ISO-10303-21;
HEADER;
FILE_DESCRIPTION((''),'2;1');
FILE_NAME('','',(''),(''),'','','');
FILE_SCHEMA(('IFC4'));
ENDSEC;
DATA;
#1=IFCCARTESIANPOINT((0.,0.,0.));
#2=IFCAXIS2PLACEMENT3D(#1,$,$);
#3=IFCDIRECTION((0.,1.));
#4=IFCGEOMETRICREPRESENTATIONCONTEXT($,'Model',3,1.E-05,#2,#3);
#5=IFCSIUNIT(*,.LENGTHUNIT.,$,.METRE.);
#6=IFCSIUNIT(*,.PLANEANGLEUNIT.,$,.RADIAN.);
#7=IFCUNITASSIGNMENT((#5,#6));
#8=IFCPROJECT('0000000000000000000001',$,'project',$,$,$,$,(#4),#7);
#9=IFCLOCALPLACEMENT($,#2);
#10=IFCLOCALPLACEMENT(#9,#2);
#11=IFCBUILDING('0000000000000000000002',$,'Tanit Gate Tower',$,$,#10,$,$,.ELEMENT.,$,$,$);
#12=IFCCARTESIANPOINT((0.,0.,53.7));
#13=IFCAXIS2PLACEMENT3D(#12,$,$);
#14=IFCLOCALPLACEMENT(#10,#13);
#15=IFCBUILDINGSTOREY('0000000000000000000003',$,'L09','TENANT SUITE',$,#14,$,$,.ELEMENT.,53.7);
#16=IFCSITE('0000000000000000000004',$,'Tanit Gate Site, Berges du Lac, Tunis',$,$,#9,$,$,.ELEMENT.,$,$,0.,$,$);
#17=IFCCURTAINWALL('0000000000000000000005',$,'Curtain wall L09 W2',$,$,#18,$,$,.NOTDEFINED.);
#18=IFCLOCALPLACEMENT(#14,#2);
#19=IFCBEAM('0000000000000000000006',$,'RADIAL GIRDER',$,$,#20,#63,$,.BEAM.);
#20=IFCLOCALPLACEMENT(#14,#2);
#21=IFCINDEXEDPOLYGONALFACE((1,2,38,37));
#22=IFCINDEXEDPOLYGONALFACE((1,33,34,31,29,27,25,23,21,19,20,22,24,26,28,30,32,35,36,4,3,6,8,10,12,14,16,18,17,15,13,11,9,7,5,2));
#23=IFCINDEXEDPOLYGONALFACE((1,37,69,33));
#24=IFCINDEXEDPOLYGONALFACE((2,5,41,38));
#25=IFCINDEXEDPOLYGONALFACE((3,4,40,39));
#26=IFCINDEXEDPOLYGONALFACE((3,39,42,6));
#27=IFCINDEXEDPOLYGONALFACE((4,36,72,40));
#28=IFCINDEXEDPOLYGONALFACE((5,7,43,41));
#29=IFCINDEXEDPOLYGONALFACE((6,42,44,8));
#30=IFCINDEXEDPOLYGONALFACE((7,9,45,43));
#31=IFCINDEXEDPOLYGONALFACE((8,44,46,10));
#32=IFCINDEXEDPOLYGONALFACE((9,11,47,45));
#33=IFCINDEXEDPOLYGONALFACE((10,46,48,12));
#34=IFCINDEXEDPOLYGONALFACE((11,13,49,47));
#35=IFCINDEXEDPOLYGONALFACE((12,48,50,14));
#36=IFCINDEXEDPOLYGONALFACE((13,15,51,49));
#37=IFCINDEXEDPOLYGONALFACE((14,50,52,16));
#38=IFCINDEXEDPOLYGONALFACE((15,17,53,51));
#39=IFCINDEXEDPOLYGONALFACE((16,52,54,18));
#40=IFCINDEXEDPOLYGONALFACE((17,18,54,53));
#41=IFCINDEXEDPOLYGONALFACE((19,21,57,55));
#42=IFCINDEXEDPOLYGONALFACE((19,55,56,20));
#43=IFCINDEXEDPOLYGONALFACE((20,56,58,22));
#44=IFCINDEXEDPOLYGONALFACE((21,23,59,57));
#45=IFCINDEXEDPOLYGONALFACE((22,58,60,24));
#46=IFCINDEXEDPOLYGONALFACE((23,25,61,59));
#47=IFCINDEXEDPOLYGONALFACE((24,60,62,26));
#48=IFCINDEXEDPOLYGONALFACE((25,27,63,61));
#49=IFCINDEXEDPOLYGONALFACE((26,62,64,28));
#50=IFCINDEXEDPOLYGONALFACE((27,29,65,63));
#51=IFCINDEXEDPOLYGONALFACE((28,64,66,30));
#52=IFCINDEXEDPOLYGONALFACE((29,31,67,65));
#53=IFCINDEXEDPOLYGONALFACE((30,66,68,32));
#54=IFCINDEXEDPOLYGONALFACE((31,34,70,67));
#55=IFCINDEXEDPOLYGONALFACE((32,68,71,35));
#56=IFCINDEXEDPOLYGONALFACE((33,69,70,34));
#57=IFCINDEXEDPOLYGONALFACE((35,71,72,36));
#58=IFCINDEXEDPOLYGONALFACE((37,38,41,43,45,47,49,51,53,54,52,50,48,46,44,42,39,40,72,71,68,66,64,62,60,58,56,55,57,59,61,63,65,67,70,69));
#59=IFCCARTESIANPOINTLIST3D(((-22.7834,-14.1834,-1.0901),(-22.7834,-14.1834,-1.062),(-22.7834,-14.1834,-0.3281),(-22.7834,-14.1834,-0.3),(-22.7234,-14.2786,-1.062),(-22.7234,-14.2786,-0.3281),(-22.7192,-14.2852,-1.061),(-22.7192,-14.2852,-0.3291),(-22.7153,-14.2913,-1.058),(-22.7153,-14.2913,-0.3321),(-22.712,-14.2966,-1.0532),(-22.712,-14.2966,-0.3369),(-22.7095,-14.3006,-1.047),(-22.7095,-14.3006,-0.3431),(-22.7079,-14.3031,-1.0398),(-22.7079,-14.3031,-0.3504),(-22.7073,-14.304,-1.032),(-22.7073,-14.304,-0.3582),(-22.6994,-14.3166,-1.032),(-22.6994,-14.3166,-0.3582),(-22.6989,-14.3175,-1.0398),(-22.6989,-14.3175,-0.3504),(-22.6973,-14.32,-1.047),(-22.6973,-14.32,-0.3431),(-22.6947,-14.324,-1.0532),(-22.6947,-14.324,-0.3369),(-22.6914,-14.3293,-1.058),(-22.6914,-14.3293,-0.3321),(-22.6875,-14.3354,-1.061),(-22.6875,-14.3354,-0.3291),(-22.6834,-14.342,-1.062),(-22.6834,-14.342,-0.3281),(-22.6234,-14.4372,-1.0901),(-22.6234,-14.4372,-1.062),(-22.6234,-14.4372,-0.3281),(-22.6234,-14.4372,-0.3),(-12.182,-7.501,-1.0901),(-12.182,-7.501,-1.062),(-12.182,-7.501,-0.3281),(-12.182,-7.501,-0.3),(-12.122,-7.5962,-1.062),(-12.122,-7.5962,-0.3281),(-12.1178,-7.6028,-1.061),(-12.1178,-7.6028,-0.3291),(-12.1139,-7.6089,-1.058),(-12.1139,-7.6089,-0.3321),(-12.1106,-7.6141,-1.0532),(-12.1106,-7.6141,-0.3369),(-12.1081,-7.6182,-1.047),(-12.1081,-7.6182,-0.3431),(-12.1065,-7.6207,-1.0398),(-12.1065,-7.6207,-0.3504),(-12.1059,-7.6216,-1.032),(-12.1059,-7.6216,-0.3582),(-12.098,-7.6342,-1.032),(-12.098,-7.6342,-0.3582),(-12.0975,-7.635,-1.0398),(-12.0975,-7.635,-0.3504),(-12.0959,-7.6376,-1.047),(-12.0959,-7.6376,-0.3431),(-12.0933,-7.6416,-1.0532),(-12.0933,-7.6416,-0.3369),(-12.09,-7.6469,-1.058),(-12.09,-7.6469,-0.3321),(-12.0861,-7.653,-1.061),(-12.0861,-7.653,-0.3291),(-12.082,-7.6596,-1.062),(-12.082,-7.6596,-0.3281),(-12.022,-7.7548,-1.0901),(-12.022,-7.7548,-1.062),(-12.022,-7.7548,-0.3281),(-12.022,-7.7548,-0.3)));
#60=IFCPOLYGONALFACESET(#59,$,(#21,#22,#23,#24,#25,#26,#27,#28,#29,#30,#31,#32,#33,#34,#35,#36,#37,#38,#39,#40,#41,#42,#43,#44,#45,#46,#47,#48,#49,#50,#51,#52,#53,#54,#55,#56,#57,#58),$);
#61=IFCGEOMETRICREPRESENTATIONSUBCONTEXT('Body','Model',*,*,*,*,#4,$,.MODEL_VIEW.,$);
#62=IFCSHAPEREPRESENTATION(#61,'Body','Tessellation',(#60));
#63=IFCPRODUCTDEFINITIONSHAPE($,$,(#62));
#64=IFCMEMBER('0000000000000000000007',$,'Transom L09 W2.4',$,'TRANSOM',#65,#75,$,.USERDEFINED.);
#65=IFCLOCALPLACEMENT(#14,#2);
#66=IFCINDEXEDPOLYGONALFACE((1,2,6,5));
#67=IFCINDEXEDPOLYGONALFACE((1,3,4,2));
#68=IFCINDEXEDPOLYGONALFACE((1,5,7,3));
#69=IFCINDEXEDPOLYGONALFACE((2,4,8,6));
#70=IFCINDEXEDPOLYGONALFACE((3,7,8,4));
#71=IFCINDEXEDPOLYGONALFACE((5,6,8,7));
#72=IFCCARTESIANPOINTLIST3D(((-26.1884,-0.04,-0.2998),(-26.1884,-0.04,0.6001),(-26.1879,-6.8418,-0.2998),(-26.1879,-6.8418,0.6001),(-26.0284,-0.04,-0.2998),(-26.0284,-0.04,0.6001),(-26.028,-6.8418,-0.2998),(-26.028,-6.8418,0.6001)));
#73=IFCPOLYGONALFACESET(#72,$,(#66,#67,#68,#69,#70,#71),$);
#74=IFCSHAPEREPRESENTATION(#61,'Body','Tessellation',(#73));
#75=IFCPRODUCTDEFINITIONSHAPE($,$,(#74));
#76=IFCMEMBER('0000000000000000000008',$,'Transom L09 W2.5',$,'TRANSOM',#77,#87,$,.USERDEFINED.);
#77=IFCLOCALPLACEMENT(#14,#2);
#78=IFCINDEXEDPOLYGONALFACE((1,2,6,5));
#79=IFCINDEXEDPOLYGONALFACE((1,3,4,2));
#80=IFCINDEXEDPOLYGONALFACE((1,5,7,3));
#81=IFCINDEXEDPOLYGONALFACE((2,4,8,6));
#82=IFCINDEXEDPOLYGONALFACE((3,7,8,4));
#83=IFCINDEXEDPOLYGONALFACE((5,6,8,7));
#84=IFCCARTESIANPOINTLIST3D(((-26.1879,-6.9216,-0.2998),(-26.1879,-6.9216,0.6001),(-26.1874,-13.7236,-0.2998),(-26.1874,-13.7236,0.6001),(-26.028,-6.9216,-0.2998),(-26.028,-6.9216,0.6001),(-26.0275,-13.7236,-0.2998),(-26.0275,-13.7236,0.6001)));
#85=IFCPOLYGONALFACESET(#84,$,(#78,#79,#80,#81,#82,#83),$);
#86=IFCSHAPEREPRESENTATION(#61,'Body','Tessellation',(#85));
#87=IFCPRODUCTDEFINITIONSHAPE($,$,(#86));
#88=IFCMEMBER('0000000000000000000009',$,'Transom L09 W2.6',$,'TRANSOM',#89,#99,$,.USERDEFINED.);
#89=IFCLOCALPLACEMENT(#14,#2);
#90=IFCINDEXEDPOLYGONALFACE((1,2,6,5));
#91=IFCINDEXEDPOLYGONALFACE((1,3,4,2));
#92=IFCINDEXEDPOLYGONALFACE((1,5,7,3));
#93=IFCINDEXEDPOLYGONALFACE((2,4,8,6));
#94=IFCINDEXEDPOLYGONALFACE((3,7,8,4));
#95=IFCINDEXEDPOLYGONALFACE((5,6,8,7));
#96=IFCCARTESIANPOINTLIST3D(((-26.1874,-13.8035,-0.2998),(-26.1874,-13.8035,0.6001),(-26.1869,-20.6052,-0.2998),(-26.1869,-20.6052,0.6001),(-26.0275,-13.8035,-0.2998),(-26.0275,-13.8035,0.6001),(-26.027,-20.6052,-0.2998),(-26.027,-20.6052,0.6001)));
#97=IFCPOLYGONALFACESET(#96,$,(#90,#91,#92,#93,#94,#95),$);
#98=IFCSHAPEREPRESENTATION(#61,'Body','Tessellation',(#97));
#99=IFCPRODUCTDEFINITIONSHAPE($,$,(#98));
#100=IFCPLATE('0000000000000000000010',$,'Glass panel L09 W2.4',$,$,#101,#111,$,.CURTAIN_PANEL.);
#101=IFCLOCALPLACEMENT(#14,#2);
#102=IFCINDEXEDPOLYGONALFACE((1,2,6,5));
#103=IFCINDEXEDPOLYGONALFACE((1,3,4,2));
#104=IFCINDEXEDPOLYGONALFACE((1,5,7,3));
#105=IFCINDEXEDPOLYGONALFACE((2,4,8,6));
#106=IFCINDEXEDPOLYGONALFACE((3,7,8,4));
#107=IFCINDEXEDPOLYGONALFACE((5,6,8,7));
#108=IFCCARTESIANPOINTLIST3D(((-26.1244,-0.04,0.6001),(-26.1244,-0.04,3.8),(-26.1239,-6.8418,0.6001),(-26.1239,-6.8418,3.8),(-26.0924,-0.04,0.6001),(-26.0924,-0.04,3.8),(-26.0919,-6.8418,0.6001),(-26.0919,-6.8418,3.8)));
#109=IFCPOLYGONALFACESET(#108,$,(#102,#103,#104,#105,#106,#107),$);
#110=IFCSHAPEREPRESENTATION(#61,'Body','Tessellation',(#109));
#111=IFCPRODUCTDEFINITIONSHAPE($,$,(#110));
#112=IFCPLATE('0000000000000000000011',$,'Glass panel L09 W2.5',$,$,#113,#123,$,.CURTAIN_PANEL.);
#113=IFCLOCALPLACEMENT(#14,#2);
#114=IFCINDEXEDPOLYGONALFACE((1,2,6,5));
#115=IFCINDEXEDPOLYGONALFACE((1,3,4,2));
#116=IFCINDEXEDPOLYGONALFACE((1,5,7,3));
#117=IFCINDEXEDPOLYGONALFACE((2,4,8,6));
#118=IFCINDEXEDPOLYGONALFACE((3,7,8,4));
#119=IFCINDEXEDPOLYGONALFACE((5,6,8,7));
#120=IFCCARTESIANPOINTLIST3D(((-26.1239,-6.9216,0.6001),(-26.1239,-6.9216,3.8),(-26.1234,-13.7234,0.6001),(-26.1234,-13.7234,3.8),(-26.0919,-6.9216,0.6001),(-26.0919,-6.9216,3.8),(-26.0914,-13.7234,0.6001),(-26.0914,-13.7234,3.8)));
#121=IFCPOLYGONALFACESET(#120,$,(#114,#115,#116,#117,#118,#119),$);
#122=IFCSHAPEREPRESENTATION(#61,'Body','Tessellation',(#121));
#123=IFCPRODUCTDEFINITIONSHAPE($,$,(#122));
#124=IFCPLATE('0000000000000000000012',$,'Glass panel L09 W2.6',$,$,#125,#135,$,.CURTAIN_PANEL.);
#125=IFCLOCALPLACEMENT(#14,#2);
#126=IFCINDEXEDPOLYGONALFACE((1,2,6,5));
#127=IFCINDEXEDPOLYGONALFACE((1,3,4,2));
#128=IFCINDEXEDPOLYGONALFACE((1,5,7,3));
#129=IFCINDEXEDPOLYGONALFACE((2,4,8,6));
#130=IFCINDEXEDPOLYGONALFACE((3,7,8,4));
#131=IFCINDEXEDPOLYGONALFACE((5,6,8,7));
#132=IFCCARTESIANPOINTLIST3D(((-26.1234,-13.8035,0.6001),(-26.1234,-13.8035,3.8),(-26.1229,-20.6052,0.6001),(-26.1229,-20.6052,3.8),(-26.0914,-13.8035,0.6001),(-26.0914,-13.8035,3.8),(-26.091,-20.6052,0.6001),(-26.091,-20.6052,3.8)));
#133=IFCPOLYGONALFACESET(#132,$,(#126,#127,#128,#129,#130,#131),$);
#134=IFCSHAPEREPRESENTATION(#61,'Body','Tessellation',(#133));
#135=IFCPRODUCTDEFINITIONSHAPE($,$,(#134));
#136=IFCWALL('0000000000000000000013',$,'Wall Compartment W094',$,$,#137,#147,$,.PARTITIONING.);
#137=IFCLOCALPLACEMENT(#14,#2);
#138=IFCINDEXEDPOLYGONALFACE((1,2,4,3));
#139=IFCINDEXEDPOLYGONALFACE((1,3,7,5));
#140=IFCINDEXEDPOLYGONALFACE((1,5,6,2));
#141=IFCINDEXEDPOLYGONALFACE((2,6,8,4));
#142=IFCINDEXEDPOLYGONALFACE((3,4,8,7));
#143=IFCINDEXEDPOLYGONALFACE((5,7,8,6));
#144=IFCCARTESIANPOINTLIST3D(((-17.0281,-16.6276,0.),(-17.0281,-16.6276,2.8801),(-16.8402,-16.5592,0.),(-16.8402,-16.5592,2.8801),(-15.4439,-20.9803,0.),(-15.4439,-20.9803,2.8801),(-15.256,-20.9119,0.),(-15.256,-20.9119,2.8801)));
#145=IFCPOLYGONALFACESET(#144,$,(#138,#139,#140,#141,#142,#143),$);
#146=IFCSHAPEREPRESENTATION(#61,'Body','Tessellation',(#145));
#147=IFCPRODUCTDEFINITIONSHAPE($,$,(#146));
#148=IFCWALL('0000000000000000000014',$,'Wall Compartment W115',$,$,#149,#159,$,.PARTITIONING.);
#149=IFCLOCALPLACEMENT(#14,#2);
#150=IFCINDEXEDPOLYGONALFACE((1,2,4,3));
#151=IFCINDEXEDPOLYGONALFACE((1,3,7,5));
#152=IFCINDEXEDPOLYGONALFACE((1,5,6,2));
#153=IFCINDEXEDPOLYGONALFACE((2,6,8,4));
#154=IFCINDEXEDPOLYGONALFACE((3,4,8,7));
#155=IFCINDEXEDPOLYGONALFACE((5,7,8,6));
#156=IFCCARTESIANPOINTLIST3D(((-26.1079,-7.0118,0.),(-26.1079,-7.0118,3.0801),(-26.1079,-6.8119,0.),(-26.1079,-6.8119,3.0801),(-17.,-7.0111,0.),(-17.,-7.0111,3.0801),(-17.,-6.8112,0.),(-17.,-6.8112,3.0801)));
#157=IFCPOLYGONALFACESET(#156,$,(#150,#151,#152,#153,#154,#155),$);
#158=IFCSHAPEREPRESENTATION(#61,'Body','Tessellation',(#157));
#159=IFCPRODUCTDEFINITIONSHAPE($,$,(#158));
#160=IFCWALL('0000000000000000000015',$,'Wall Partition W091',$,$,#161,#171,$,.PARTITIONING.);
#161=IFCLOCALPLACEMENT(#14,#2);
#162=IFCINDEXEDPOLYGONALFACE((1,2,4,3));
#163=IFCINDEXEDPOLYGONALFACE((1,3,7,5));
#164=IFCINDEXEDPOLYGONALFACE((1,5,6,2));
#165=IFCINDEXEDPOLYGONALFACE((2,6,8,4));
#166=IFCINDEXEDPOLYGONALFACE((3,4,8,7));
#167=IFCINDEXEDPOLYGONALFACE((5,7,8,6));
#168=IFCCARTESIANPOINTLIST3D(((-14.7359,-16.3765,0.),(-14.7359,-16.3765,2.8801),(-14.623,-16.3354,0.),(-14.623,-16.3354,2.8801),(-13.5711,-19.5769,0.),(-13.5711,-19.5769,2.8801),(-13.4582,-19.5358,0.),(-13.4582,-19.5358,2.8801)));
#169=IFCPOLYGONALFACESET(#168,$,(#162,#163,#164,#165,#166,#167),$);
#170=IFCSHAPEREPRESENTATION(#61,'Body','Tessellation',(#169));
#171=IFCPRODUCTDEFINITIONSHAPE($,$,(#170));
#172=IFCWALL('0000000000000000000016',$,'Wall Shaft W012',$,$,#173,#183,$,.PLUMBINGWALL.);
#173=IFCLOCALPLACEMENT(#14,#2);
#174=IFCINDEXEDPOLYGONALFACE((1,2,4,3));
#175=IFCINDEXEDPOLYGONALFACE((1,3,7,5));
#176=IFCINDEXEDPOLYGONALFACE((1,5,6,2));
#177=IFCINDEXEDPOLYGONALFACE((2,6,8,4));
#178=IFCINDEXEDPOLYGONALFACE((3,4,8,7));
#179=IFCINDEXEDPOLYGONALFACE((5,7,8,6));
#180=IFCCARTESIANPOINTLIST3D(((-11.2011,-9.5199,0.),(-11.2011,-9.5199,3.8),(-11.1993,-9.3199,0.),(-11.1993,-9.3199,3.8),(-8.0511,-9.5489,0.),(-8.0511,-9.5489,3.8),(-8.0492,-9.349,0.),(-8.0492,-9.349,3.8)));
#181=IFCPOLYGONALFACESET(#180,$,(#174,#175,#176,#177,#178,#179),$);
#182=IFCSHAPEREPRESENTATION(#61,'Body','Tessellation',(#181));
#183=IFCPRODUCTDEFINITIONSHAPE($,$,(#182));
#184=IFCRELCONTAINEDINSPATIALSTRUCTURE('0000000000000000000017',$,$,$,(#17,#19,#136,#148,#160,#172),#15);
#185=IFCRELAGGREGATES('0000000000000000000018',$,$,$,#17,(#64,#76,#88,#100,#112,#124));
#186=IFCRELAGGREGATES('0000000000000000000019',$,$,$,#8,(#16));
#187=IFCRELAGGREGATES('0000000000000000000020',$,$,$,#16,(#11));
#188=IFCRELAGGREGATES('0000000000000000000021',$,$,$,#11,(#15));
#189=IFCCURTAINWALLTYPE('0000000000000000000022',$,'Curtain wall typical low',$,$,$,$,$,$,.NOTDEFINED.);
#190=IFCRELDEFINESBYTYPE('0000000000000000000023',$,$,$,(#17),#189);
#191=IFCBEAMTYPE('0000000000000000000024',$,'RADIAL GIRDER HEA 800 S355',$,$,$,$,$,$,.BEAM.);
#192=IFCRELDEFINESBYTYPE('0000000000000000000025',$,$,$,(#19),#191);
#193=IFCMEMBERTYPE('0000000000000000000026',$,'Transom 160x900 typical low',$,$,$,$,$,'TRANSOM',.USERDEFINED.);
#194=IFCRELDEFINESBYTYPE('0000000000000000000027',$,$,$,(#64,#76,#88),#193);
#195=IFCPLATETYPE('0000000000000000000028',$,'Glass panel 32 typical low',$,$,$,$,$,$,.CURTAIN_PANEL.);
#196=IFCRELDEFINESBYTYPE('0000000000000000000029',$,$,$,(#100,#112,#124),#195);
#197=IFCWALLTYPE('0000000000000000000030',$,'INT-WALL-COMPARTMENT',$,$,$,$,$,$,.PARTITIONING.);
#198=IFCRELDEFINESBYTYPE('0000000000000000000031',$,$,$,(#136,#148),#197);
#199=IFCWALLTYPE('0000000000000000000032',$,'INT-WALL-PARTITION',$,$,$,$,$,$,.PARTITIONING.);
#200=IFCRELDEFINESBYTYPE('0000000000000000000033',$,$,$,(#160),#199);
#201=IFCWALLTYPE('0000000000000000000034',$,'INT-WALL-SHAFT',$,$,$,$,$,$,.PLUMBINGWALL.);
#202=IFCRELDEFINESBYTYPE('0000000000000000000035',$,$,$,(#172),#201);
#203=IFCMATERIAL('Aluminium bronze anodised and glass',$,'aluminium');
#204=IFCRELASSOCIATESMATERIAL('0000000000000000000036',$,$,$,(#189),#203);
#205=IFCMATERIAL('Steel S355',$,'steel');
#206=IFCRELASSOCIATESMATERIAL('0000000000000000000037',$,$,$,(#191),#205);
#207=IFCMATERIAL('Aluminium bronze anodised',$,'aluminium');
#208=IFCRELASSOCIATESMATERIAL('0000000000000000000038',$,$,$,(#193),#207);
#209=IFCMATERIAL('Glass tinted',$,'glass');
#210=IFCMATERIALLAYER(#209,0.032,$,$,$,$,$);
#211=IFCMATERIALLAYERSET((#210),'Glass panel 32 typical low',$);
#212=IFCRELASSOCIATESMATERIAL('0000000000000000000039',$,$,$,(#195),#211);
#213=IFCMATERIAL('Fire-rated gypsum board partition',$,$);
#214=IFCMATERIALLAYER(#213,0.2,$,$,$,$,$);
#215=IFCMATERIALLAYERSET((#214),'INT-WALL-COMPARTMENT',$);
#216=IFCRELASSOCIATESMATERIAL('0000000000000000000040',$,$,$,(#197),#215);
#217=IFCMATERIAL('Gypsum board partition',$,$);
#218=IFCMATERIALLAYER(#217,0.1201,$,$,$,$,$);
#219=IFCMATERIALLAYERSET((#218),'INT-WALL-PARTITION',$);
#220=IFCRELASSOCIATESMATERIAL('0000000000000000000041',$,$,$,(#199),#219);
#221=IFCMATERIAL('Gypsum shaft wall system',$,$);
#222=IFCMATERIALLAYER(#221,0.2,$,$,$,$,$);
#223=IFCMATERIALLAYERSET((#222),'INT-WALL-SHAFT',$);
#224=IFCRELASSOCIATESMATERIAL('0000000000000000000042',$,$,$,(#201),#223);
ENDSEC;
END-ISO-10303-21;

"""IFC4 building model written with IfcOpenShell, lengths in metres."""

from ifc_helpers import new_model, si_unit, direction, frame, frame_2d, origin, origin_2d, place, context, subcontext, project, spatial, rectangle, i_section, extrude, material, layer, layer_set, material_profile, profile_set, type_object, element, aggregate, save


model = new_model("IFC4")

# Units and contexts
model_context = context("Model", 3, precision=1e-05, world=origin(), true_north=direction((0.0, 1.0)))
body_context = subcontext(model_context, "Body", "Model", "MODEL_VIEW")
ifc_project = project(units=[si_unit("LENGTHUNIT", "METRE"), si_unit("PLANEANGLEUNIT", "RADIAN")], contexts=[model_context])

# Site, building, storey
site_placement = place(None, origin())
site = spatial("IfcSite", under=ifc_project, at=site_placement, Name="Tanit Gate Site, Berges du Lac, Tunis", CompositionType="ELEMENT", RefElevation=0.0)
building_placement = place(site_placement, origin())
building = spatial("IfcBuilding", under=site, at=building_placement, Name="Tanit Gate Tower", CompositionType="ELEMENT")
storey_placement = place(building_placement, frame((0.0, 0.0, 53.7)))
storey = spatial("IfcBuildingStorey", under=building, at=storey_placement, Name="L09", Description="TENANT SUITE", CompositionType="ELEMENT", Elevation=53.7)

# Curtain wall
ifc_material_1 = material(Name="Aluminium bronze anodised and glass", Category="aluminium")
curtain_wall_type = type_object("IfcCurtainWallType", Name="Curtain wall typical low", PredefinedType="NOTDEFINED", material=ifc_material_1)
curtain_wall_placement = place(storey_placement, origin())
curtain_wall = element("IfcCurtainWall", 1, at=curtain_wall_placement, inside=storey, type_object=curtain_wall_type, Name="Curtain wall L09 W2", PredefinedType="NOTDEFINED")

# Beam
ifc_material_2 = material(Name="Steel S355", Category="steel")
ifc_material_profile_1 = material_profile(ifc_material_2, i_section(OverallWidth=0.3, OverallDepth=0.79, WebThickness=0.0149, FlangeThickness=0.0281, FilletRadius=0.03, at=origin_2d()), Name="HEA 800")
ifc_profile_set_1 = profile_set([ifc_material_profile_1], Name="Steel S355")
beam_type_1 = type_object("IfcBeamType", Name="RADIAL GIRDER HEA 800 S355", PredefinedType="BEAM", material=ifc_profile_set_1)
beam_1_placement = place(storey_placement, frame((-22.7034, -14.3103, -0.6951), z_axis=(0.845964, 0.53324, 0.0), x_axis=(-0.53324, 0.845964, 0.0)))
element("IfcBeam", 2, at=beam_1_placement, inside=storey, type_object=beam_type_1, Name="RADIAL GIRDER", PredefinedType="BEAM", context=body_context, shape_type="SweptSolid", body=[
    extrude(i_section(OverallWidth=0.3, OverallDepth=0.79, WebThickness=0.0149, FlangeThickness=0.0281, FilletRadius=0.03, at=origin_2d()), origin(), (0.0, 0.0, 1.0), 12.5317),
])

# Members
ifc_material_3 = material(Name="Aluminium bronze anodised", Category="aluminium")
ifc_material_profile_2 = material_profile(ifc_material_3, rectangle(XDim=0.1599, YDim=0.8999, at=origin_2d()), Name="160x900 bronze transom")
ifc_profile_set_2 = profile_set([ifc_material_profile_2], Name="Aluminium bronze anodised")
member_type_1 = type_object("IfcMemberType", Name="Transom 160x900 typical low", ElementType="TRANSOM", PredefinedType="USERDEFINED", material=ifc_profile_set_2)
member_1_placement = place(storey_placement, frame((-26.1084, -0.04, 0.1501), z_axis=(0.000072, -1.0, 0.0), x_axis=(1.0, 0.000072, 0.0)))
member_1 = element("IfcMember", 3, at=member_1_placement, type_object=member_type_1, Name="Transom L09 W2.4", ObjectType="TRANSOM", PredefinedType="USERDEFINED", context=body_context, shape_type="SweptSolid", body=[
    extrude(rectangle(XDim=0.1599, YDim=0.8999, at=origin_2d()), origin(), (0.0, 0.0, 1.0), 6.8018),
])
member_2_placement = place(storey_placement, frame((-26.1079, -6.9216, 0.1501), z_axis=(0.000072, -1.0, 0.0), x_axis=(1.0, 0.000072, 0.0)))
member_2 = element("IfcMember", 4, at=member_2_placement, type_object=member_type_1, Name="Transom L09 W2.5", ObjectType="TRANSOM", PredefinedType="USERDEFINED", context=body_context, shape_type="SweptSolid", body=[
    extrude(rectangle(XDim=0.1599, YDim=0.8999, at=origin_2d()), origin(), (0.0, 0.0, 1.0), 6.802),
])
member_3_placement = place(storey_placement, frame((-26.1074, -13.8035, 0.1501), z_axis=(0.000072, -1.0, 0.0), x_axis=(1.0, 0.000072, 0.0)))
member_3 = element("IfcMember", 5, at=member_3_placement, type_object=member_type_1, Name="Transom L09 W2.6", ObjectType="TRANSOM", PredefinedType="USERDEFINED", context=body_context, shape_type="SweptSolid", body=[
    extrude(rectangle(XDim=0.1599, YDim=0.8999, at=origin_2d()), origin(), (0.0, 0.0, 1.0), 6.8018),
])

# Plates
ifc_material_4 = material(Name="Glass tinted", Category="glass")
ifc_layer_1 = layer(ifc_material_4, 0.032)
ifc_layer_set_1 = layer_set([ifc_layer_1], Name="Glass panel 32 typical low")
plate_type = type_object("IfcPlateType", Name="Glass panel 32 typical low", PredefinedType="CURTAIN_PANEL", material=ifc_layer_set_1)
plate_1_placement = place(storey_placement, frame((-26.1082, -3.4409, 0.6001), z_axis=(0.0, 0.0, 1.0), x_axis=(0.000069, -1.0, 0.0)))
plate_1 = element("IfcPlate", 6, at=plate_1_placement, type_object=plate_type, Name="Glass panel L09 W2.4", PredefinedType="CURTAIN_PANEL", context=body_context, shape_type="SweptSolid", body=[
    extrude(rectangle(XDim=6.8018, YDim=0.032, at=origin_2d()), origin(), (0.0, 0.0, 1.0), 3.2),
])
plate_2_placement = place(storey_placement, frame((-26.1077, -10.3225, 0.6001), z_axis=(0.0, 0.0, 1.0), x_axis=(0.000069, -1.0, 0.0)))
plate_2 = element("IfcPlate", 7, at=plate_2_placement, type_object=plate_type, Name="Glass panel L09 W2.5", PredefinedType="CURTAIN_PANEL", context=body_context, shape_type="SweptSolid", body=[
    extrude(rectangle(XDim=6.8018, YDim=0.032, at=origin_2d()), origin(), (0.0, 0.0, 1.0), 3.2),
])
plate_3_placement = place(storey_placement, frame((-26.1072, -17.2043, 0.6001), z_axis=(0.0, 0.0, 1.0), x_axis=(0.000069, -1.0, 0.0)))
plate_3 = element("IfcPlate", 8, at=plate_3_placement, type_object=plate_type, Name="Glass panel L09 W2.6", PredefinedType="CURTAIN_PANEL", context=body_context, shape_type="SweptSolid", body=[
    extrude(rectangle(XDim=6.8018, YDim=0.032, at=origin_2d()), origin(), (0.0, 0.0, 1.0), 3.2),
])
aggregate(curtain_wall, [member_1, member_2, member_3, plate_1, plate_2, plate_3])

# Walls
ifc_material_5 = material(Name="Fire-rated gypsum board partition")
ifc_layer_2 = layer(ifc_material_5, 0.2)
ifc_layer_set_2 = layer_set([ifc_layer_2], Name="INT-WALL-COMPARTMENT")
wall_type_1 = type_object("IfcWallType", Name="INT-WALL-COMPARTMENT", PredefinedType="PARTITIONING", material=ifc_layer_set_2)
wall_1_placement = place(storey_placement, frame((-16.9341, -16.5935, 0.0), z_axis=(0.0, 0.0, 1.0), x_axis=(0.34201, -0.939696, 0.0)))
element("IfcWall", 9, at=wall_1_placement, inside=storey, type_object=wall_type_1, Name="Wall Compartment W094", PredefinedType="PARTITIONING", context=body_context, shape_type="SweptSolid", body=[
    extrude(rectangle(XDim=4.6321, YDim=0.2, at=frame_2d((2.3159, 0.0))), origin(), (0.0, 0.0, 1.0), 2.8801),
])
wall_2_placement = place(storey_placement, frame((-17.0, -6.9111, 0.0), z_axis=(0.0, 0.0, 1.0), x_axis=(-1.0, -0.00008, 0.0)))
element("IfcWall", 10, at=wall_2_placement, inside=storey, type_object=wall_type_1, Name="Wall Compartment W115", PredefinedType="PARTITIONING", context=body_context, shape_type="SweptSolid", body=[
    extrude(rectangle(XDim=9.1079, YDim=0.2, at=frame_2d((4.554, 0.0))), origin(), (0.0, 0.0, 1.0), 3.0801),
])
ifc_material_6 = material(Name="Gypsum board partition")
ifc_layer_3 = layer(ifc_material_6, 0.1201)
ifc_layer_set_3 = layer_set([ifc_layer_3], Name="INT-WALL-PARTITION")
wall_type_2 = type_object("IfcWallType", Name="INT-WALL-PARTITION", PredefinedType="PARTITIONING", material=ifc_layer_set_3)
wall_3_placement = place(storey_placement, frame((-14.6794, -16.356, 0.0), z_axis=(0.0, 0.0, 1.0), x_axis=(0.342002, -0.939699, 0.0)))
element("IfcWall", 11, at=wall_3_placement, inside=storey, type_object=wall_type_2, Name="Wall Partition W091", PredefinedType="PARTITIONING", context=body_context, shape_type="SweptSolid", body=[
    extrude(rectangle(XDim=3.4058, YDim=0.1201, at=frame_2d((1.7029, 0.0))), origin(), (0.0, 0.0, 1.0), 2.8801),
])
ifc_material_7 = material(Name="Gypsum shaft wall system")
ifc_layer_4 = layer(ifc_material_7, 0.2)
ifc_layer_set_4 = layer_set([ifc_layer_4], Name="INT-WALL-SHAFT")
wall_type_3 = type_object("IfcWallType", Name="INT-WALL-SHAFT", PredefinedType="PLUMBINGWALL", material=ifc_layer_set_4)
wall_4_placement = place(storey_placement, frame((-8.05, -9.449, 0.0), z_axis=(0.0, 0.0, 1.0), x_axis=(-0.999957, 0.009223, 0.0)))
element("IfcWall", 12, at=wall_4_placement, inside=storey, type_object=wall_type_3, Name="Wall Shaft W012", PredefinedType="PLUMBINGWALL", context=body_context, shape_type="SweptSolid", body=[
    extrude(rectangle(XDim=3.1501, YDim=0.2, at=frame_2d((1.5752, 0.0))), origin(), (0.0, 0.0, 1.0), 3.8),
])

save(model, "model.ifc")
